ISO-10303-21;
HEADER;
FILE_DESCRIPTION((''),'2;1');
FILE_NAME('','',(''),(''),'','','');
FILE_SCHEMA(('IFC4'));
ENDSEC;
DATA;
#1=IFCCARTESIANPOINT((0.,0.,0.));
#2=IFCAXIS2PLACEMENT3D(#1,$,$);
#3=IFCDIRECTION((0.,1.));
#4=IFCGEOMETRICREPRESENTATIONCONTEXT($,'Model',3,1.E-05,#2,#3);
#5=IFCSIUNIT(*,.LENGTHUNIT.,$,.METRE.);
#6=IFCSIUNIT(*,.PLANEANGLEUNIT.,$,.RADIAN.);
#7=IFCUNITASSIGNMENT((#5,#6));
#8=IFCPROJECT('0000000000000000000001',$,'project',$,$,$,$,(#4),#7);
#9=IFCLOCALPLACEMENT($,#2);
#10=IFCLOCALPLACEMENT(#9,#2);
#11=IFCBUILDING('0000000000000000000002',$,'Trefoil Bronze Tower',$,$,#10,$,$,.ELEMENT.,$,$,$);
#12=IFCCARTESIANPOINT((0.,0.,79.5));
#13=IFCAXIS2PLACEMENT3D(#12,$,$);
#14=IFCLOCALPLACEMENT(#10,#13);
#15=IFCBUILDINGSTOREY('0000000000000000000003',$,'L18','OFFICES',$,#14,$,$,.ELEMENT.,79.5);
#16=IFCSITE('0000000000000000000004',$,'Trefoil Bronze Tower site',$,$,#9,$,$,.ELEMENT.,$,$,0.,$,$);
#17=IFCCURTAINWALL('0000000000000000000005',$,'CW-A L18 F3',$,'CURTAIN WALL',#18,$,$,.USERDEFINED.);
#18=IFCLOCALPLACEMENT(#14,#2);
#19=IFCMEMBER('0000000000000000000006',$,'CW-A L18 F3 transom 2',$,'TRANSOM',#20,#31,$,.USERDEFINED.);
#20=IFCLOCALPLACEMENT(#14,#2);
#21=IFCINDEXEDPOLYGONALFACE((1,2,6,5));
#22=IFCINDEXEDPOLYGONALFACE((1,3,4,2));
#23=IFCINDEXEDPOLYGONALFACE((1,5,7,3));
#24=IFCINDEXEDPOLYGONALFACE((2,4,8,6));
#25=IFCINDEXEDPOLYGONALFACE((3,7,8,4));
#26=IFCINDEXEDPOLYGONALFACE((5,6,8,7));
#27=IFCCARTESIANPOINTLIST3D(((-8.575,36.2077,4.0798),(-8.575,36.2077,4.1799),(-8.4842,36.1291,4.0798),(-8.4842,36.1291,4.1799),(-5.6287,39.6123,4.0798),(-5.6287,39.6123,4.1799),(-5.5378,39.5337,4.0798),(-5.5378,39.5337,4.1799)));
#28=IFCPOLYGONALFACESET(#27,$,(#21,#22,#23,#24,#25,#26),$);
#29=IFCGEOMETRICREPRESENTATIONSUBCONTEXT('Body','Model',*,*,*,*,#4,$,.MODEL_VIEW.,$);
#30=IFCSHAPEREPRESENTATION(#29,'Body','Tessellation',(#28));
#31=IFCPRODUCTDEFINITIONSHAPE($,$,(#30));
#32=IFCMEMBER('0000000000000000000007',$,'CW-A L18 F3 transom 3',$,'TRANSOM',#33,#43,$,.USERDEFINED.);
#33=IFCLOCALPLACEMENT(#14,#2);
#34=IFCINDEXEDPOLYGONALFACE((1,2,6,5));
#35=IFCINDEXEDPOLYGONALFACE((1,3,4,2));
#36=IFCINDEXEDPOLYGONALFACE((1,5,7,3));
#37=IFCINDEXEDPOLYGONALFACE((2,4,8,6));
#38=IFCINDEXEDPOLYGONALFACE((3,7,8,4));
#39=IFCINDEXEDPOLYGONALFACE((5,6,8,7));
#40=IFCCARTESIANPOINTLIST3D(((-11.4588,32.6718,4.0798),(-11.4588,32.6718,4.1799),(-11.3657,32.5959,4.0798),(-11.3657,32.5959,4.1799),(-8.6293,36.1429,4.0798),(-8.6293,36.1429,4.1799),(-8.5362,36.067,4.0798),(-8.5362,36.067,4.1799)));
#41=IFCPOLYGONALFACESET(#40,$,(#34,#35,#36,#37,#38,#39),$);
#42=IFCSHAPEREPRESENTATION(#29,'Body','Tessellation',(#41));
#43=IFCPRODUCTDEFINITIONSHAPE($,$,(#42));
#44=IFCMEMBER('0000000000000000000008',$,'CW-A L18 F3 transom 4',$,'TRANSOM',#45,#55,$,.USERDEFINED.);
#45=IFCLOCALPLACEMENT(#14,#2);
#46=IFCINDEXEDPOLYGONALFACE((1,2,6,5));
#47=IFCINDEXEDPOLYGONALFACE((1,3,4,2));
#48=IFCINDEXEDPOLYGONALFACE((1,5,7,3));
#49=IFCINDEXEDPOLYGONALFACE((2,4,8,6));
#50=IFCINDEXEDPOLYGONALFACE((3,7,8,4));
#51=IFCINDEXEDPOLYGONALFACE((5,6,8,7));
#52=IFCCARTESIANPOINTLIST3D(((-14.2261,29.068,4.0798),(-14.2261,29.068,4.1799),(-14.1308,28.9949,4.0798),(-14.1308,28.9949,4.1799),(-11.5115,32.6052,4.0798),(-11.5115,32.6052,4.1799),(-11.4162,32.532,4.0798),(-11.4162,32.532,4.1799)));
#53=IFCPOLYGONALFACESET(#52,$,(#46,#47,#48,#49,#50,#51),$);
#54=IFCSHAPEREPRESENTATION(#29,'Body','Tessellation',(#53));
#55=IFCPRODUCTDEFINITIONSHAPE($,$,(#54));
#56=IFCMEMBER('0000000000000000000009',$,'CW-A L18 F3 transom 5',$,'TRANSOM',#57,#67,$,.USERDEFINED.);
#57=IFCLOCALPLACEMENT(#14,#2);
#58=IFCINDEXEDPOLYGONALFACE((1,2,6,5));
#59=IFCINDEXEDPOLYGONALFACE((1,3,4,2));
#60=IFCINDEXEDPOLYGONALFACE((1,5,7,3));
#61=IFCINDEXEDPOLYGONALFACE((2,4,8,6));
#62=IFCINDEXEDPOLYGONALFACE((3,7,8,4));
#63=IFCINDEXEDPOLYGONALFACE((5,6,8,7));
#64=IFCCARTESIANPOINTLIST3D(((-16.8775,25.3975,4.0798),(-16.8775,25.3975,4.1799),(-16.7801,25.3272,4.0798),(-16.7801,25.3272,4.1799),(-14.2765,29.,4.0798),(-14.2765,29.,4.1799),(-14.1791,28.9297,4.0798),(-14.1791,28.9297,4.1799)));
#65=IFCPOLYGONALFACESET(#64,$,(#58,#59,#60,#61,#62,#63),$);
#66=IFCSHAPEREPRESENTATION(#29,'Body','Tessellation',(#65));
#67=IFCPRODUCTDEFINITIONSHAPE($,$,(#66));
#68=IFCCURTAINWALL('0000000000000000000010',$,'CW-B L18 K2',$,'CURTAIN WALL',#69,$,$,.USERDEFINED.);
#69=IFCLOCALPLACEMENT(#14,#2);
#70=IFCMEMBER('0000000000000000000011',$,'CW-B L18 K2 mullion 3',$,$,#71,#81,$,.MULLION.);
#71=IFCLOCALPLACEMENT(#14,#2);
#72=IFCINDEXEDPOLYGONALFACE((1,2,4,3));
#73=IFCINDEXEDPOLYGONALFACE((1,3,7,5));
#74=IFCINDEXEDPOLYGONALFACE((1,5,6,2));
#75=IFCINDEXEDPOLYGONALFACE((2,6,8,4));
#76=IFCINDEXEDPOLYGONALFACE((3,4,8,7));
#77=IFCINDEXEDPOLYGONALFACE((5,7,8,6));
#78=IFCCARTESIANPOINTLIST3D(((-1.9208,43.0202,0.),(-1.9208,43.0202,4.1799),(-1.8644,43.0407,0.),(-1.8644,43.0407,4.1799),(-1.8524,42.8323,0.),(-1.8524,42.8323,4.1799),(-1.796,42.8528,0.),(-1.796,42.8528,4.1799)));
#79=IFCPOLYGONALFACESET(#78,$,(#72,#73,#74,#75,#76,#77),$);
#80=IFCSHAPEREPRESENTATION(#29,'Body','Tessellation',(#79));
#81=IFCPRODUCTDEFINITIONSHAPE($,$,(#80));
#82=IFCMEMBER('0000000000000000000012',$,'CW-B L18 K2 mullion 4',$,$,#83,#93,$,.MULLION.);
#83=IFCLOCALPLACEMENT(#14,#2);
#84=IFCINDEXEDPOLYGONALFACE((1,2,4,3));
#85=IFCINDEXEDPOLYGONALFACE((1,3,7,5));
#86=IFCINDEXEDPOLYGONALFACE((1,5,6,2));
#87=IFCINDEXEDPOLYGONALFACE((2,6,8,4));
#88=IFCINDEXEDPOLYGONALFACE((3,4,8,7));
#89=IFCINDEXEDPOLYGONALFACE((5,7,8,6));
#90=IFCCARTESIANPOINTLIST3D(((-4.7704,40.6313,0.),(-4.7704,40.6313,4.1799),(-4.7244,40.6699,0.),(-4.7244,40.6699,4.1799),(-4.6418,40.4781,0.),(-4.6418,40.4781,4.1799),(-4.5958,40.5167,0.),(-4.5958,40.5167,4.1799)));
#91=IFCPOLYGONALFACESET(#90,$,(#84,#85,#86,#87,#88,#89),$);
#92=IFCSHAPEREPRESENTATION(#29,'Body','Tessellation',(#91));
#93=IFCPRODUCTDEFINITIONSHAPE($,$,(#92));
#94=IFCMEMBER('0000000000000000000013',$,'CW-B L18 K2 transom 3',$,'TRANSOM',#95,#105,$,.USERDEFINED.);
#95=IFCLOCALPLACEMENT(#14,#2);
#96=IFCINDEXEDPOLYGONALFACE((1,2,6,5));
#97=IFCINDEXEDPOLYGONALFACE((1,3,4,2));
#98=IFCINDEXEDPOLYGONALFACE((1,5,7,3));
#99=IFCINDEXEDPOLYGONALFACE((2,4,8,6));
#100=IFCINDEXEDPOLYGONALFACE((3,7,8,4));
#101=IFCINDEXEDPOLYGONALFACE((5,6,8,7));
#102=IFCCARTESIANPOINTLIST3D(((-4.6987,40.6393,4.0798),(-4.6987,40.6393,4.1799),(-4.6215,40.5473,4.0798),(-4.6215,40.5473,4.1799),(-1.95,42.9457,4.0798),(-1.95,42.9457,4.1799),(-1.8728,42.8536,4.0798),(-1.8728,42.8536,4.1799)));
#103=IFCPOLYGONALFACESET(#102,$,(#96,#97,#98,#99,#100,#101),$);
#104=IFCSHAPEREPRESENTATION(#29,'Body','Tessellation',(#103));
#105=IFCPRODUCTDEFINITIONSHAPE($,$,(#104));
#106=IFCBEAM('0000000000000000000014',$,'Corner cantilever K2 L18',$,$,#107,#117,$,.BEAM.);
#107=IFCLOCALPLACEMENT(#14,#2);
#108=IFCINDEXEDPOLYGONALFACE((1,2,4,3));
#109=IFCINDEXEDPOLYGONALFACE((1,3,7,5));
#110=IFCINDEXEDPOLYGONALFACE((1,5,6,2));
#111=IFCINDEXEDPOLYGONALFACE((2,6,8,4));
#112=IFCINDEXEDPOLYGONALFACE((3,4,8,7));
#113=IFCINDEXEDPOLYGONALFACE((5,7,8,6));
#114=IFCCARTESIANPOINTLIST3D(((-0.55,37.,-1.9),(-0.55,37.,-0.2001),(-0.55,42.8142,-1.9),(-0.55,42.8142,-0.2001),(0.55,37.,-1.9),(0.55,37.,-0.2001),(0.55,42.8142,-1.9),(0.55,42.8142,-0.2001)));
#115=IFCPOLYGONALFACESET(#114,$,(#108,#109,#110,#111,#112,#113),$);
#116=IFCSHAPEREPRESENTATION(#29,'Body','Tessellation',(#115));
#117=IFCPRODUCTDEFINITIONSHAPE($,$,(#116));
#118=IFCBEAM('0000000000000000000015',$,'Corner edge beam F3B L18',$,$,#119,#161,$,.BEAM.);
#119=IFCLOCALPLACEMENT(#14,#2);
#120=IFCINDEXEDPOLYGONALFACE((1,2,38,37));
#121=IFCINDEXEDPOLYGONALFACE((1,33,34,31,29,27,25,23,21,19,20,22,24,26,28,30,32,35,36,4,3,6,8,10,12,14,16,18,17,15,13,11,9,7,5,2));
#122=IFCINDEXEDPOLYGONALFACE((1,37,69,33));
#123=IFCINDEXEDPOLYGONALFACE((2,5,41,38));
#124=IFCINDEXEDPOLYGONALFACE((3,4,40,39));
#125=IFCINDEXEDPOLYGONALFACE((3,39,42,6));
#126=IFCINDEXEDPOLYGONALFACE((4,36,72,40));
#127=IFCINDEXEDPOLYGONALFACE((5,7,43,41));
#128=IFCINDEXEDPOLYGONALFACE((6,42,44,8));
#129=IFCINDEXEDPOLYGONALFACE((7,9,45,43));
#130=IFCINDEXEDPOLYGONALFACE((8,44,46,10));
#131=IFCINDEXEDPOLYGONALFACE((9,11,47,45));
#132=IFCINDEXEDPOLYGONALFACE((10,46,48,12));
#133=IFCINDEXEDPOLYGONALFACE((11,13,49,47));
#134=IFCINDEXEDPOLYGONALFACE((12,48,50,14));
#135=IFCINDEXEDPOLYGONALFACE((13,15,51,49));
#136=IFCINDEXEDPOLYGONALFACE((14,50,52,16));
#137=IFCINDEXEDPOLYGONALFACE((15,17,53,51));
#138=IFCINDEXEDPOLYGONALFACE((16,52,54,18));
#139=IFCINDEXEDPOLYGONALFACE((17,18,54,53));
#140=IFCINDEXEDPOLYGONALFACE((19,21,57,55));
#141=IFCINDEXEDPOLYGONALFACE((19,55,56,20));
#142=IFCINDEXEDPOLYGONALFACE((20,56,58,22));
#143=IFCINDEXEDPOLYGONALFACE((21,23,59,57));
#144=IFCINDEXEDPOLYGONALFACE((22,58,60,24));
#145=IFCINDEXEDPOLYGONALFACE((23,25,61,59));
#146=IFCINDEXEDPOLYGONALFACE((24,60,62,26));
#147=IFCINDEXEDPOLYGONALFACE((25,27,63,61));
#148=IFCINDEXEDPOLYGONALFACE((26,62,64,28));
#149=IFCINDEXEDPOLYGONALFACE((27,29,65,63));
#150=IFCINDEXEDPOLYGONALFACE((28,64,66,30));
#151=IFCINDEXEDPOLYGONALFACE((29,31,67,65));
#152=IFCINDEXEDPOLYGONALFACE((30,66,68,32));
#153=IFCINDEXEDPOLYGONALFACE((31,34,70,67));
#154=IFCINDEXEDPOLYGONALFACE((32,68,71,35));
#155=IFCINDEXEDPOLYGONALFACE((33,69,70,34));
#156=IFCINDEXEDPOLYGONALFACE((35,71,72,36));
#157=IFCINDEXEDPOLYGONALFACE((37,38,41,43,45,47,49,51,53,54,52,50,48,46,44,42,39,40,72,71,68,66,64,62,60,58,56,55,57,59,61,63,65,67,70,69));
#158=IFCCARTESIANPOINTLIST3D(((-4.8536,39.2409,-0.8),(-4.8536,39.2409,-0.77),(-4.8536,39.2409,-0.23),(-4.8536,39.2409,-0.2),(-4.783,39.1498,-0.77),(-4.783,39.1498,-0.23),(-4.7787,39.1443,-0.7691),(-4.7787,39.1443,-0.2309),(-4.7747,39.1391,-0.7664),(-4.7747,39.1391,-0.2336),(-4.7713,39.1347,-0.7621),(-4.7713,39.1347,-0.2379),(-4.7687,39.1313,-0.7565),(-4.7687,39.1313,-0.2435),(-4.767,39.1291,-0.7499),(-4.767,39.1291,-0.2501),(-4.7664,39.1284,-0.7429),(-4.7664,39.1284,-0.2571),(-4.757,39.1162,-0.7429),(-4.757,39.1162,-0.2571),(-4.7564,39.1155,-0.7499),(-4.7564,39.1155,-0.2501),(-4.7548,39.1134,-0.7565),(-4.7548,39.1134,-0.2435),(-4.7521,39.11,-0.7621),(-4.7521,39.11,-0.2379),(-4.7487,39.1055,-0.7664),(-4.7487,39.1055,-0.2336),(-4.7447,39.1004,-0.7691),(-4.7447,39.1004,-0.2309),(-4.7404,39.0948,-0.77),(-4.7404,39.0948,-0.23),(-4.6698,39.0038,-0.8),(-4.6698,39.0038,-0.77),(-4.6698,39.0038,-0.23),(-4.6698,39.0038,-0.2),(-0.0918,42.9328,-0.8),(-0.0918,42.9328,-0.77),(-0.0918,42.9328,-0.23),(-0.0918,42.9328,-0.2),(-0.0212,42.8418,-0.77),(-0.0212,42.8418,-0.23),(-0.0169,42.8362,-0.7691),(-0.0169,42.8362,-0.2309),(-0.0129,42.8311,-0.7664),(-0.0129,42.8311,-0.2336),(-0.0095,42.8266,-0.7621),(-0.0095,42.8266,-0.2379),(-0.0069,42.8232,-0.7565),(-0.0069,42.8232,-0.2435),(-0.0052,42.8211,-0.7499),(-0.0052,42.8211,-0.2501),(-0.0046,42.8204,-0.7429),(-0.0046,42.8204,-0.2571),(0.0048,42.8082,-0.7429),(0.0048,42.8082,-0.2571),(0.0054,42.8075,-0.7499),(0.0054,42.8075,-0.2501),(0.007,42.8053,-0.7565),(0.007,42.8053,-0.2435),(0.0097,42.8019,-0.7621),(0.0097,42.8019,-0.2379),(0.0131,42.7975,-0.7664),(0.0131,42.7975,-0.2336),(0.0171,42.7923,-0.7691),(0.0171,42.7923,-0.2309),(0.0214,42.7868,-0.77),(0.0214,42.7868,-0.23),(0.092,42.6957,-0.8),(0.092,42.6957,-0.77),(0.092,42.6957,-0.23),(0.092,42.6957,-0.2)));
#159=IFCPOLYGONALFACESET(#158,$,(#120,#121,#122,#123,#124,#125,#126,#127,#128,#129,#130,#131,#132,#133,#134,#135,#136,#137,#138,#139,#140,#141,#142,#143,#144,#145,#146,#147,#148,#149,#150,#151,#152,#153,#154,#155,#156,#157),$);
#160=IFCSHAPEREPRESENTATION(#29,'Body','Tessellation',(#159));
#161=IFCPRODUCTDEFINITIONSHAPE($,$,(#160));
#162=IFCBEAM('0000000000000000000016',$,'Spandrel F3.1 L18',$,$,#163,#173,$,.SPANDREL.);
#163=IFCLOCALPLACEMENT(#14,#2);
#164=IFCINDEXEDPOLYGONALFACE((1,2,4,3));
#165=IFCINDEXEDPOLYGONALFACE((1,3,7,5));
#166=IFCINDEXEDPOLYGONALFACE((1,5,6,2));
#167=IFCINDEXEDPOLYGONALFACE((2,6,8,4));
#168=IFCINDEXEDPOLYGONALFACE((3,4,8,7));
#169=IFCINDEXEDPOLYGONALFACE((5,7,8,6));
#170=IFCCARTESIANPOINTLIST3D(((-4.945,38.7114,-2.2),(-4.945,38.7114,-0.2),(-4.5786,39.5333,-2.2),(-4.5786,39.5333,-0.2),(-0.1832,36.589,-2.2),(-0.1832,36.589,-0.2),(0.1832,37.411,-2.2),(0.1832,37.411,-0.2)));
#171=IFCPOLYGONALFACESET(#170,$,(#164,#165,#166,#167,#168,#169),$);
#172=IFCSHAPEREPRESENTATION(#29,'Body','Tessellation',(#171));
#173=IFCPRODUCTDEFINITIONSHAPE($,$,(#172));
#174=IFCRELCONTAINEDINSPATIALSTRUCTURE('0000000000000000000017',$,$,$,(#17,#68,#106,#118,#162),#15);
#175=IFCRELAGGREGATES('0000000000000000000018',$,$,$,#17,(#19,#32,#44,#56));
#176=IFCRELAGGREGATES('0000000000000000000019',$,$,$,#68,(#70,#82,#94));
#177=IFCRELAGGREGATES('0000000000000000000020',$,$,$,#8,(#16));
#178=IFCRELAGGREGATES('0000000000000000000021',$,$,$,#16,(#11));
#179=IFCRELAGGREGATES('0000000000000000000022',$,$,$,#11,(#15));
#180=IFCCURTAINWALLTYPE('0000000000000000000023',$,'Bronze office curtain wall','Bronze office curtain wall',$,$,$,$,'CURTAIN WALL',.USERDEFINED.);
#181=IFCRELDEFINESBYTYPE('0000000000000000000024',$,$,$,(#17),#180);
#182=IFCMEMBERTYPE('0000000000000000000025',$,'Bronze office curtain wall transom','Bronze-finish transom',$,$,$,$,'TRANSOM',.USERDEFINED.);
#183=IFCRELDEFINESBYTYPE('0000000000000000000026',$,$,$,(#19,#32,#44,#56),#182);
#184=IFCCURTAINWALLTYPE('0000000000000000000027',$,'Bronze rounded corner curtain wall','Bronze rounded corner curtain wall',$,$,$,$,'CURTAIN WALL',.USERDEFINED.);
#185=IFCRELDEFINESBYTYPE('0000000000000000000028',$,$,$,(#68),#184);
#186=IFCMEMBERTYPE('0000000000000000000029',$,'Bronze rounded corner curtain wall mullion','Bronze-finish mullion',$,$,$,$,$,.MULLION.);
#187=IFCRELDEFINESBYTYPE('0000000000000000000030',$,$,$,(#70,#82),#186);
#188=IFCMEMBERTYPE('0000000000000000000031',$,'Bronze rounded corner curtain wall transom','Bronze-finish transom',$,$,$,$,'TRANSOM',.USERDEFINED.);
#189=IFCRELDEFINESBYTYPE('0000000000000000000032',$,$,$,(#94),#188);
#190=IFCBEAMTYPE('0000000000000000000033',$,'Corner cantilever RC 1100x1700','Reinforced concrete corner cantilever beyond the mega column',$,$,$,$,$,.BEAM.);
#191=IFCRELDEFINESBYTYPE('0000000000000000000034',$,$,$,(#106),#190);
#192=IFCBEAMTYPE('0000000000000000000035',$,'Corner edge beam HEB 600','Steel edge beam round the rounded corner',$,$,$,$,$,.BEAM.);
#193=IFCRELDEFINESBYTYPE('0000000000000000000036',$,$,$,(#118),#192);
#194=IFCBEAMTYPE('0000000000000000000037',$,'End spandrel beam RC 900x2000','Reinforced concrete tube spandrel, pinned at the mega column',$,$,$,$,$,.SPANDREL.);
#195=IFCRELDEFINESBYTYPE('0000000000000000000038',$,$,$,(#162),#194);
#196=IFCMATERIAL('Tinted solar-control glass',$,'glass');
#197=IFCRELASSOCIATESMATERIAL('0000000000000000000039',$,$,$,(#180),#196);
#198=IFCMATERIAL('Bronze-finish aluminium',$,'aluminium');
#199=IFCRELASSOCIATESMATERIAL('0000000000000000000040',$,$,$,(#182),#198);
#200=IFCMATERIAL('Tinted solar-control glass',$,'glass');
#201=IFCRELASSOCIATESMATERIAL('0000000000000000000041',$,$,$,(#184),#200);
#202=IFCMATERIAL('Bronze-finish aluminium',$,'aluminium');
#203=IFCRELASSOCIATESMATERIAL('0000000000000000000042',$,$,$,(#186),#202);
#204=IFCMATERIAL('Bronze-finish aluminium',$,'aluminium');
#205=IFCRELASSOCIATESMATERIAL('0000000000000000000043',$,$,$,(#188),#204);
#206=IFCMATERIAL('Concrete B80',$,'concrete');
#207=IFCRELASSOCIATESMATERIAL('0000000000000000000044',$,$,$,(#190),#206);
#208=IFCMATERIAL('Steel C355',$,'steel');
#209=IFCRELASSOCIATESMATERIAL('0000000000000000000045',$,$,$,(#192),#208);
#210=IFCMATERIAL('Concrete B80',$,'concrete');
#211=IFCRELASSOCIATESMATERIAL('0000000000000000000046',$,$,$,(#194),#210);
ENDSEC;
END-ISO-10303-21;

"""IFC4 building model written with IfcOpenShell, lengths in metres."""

from ifc_helpers import new_model, si_unit, direction, frame, origin, origin_2d, place, context, subcontext, project, spatial, rectangle, i_section, extrude, material, material_profile, profile_set, type_object, element, aggregate, save


model = new_model("IFC4")

# Units and contexts
model_context = context("Model", 3, precision=1e-05, world=origin(), true_north=direction((0.0, 1.0)))
body_context = subcontext(model_context, "Body", "Model", "MODEL_VIEW")
ifc_project = project(units=[si_unit("LENGTHUNIT", "METRE"), si_unit("PLANEANGLEUNIT", "RADIAN")], contexts=[model_context])

# Site, building, storey
site_placement = place(None, origin())
site = spatial("IfcSite", under=ifc_project, at=site_placement, Name="Trefoil Bronze Tower site", CompositionType="ELEMENT", RefElevation=0.0)
building_placement = place(site_placement, origin())
building = spatial("IfcBuilding", under=site, at=building_placement, Name="Trefoil Bronze Tower", CompositionType="ELEMENT")
storey_placement = place(building_placement, frame((0.0, 0.0, 79.5)))
storey = spatial("IfcBuildingStorey", under=building, at=storey_placement, Name="L18", Description="OFFICES", CompositionType="ELEMENT", Elevation=79.5)

# Curtain walls, members
ifc_material_1 = material(Name="Tinted solar-control glass", Category="glass")
curtain_wall_type_1 = type_object("IfcCurtainWallType", Name="Bronze office curtain wall", Description="Bronze office curtain wall", ElementType="CURTAIN WALL", PredefinedType="USERDEFINED", material=ifc_material_1)
curtain_wall_1_placement = place(storey_placement, origin())
curtain_wall_1 = element("IfcCurtainWall", 1, at=curtain_wall_1_placement, inside=storey, type_object=curtain_wall_type_1, Name="CW-A L18 F3", ObjectType="CURTAIN WALL", PredefinedType="USERDEFINED")
ifc_material_2 = material(Name="Bronze-finish aluminium", Category="aluminium")
ifc_material_profile_1 = material_profile(ifc_material_2, rectangle(XDim=0.1201, YDim=0.1001, at=origin_2d()), Name="CW-A transom")
ifc_profile_set_1 = profile_set([ifc_material_profile_1], Name="Bronze-finish aluminium")
member_type_1 = type_object("IfcMemberType", Name="Bronze office curtain wall transom", Description="Bronze-finish transom", ElementType="TRANSOM", PredefinedType="USERDEFINED", material=ifc_profile_set_1)
member_1_placement = place(storey_placement, frame((-5.5833, 39.573, 4.1299), z_axis=(-0.654383, -0.756163, 0.0), x_axis=(0.756163, -0.654383, 0.0)))
member_1 = element("IfcMember", 2, at=member_1_placement, type_object=member_type_1, Name="CW-A L18 F3 transom 2", ObjectType="TRANSOM", PredefinedType="USERDEFINED", context=body_context, shape_type="SweptSolid", body=[
    extrude(rectangle(XDim=0.1201, YDim=0.1001, at=origin_2d()), origin(), (0.0, 0.0, 1.0), 4.5024),
])
member_2_placement = place(storey_placement, frame((-8.5828, 36.105, 4.1299), z_axis=(-0.631836, -0.775102, 0.0), x_axis=(0.775102, -0.631836, 0.0)))
member_2 = element("IfcMember", 3, at=member_2_placement, type_object=member_type_1, Name="CW-A L18 F3 transom 3", ObjectType="TRANSOM", PredefinedType="USERDEFINED", context=body_context, shape_type="SweptSolid", body=[
    extrude(rectangle(XDim=0.1201, YDim=0.1001, at=origin_2d()), origin(), (0.0, 0.0, 1.0), 4.4783),
])
member_3_placement = place(storey_placement, frame((-11.4639, 32.5686, 4.1299), z_axis=(-0.608829, -0.793301, 0.0), x_axis=(0.793301, -0.608829, 0.0)))
member_3 = element("IfcMember", 4, at=member_3_placement, type_object=member_type_1, Name="CW-A L18 F3 transom 4", ObjectType="TRANSOM", PredefinedType="USERDEFINED", context=body_context, shape_type="SweptSolid", body=[
    extrude(rectangle(XDim=0.1201, YDim=0.1001, at=origin_2d()), origin(), (0.0, 0.0, 1.0), 4.4587),
])
member_4_placement = place(storey_placement, frame((-14.2278, 28.9648, 4.1299), z_axis=(-0.585378, -0.81076, 0.0), x_axis=(0.81076, -0.585378, 0.0)))
member_4 = element("IfcMember", 5, at=member_4_placement, type_object=member_type_1, Name="CW-A L18 F3 transom 5", ObjectType="TRANSOM", PredefinedType="USERDEFINED", context=body_context, shape_type="SweptSolid", body=[
    extrude(rectangle(XDim=0.1201, YDim=0.1001, at=origin_2d()), origin(), (0.0, 0.0, 1.0), 4.4434),
])
ifc_material_3 = material(Name="Tinted solar-control glass", Category="glass")
curtain_wall_type_2 = type_object("IfcCurtainWallType", Name="Bronze rounded corner curtain wall", Description="Bronze rounded corner curtain wall", ElementType="CURTAIN WALL", PredefinedType="USERDEFINED", material=ifc_material_3)
curtain_wall_2_placement = place(storey_placement, origin())
curtain_wall_2 = element("IfcCurtainWall", 6, at=curtain_wall_2_placement, inside=storey, type_object=curtain_wall_type_2, Name="CW-B L18 K2", ObjectType="CURTAIN WALL", PredefinedType="USERDEFINED")
ifc_material_4 = material(Name="Bronze-finish aluminium", Category="aluminium")
ifc_material_profile_2 = material_profile(ifc_material_4, rectangle(XDim=0.2, YDim=0.0601, at=origin_2d()), Name="CW-B mullion")
ifc_profile_set_2 = profile_set([ifc_material_profile_2], Name="Bronze-finish aluminium")
member_type_2 = type_object("IfcMemberType", Name="Bronze rounded corner curtain wall mullion", Description="Bronze-finish mullion", PredefinedType="MULLION", material=ifc_profile_set_2)
member_5_placement = place(storey_placement, frame((-1.8584, 42.9365, 0.0), z_axis=(0.0, 0.0, 1.0), x_axis=(0.34202, -0.939693, 0.0)))
member_5 = element("IfcMember", 7, at=member_5_placement, type_object=member_type_2, Name="CW-B L18 K2 mullion 3", PredefinedType="MULLION", context=body_context, shape_type="SweptSolid", body=[
    extrude(rectangle(XDim=0.2, YDim=0.0601, at=origin_2d()), origin(), (0.0, 0.0, 1.0), 4.1799),
])
member_6_placement = place(storey_placement, frame((-4.6831, 40.574, 0.0), z_axis=(0.0, 0.0, 1.0), x_axis=(0.642788, -0.766044, 0.0)))
member_6 = element("IfcMember", 8, at=member_6_placement, type_object=member_type_2, Name="CW-B L18 K2 mullion 4", PredefinedType="MULLION", context=body_context, shape_type="SweptSolid", body=[
    extrude(rectangle(XDim=0.2, YDim=0.0601, at=origin_2d()), origin(), (0.0, 0.0, 1.0), 4.1799),
])
ifc_material_5 = material(Name="Bronze-finish aluminium", Category="aluminium")
ifc_material_profile_3 = material_profile(ifc_material_5, rectangle(XDim=0.1201, YDim=0.1001, at=origin_2d()), Name="CW-B transom")
ifc_profile_set_3 = profile_set([ifc_material_profile_3], Name="Bronze-finish aluminium")
member_type_3 = type_object("IfcMemberType", Name="Bronze rounded corner curtain wall transom", Description="Bronze-finish transom", ElementType="TRANSOM", PredefinedType="USERDEFINED", material=ifc_profile_set_3)
member_7_placement = place(storey_placement, frame((-1.9114, 42.8997, 4.1299), z_axis=(-0.766059, -0.642771, 0.0), x_axis=(0.642771, -0.766059, 0.0)))
member_7 = element("IfcMember", 9, at=member_7_placement, type_object=member_type_3, Name="CW-B L18 K2 transom 3", ObjectType="TRANSOM", PredefinedType="USERDEFINED", context=body_context, shape_type="SweptSolid", body=[
    extrude(rectangle(XDim=0.1201, YDim=0.1001, at=origin_2d()), origin(), (0.0, 0.0, 1.0), 3.5881),
])

# Beams
ifc_material_6 = material(Name="Concrete B80", Category="concrete")
ifc_material_profile_4 = material_profile(ifc_material_6, rectangle(XDim=1.1001, YDim=1.7, at=origin_2d()), Name="RC 1100x1700")
ifc_profile_set_4 = profile_set([ifc_material_profile_4], Name="Concrete B80")
beam_type_1 = type_object("IfcBeamType", Name="Corner cantilever RC 1100x1700", Description="Reinforced concrete corner cantilever beyond the mega column", PredefinedType="BEAM", material=ifc_profile_set_4)
beam_1_placement = place(storey_placement, frame((0.0, 37.0, -1.05), z_axis=(0.0, 1.0, 0.0), x_axis=(-1.0, 0.0, 0.0)))
element("IfcBeam", 10, at=beam_1_placement, inside=storey, type_object=beam_type_1, Name="Corner cantilever K2 L18", PredefinedType="BEAM", context=body_context, shape_type="SweptSolid", body=[
    extrude(rectangle(XDim=1.1001, YDim=1.7, at=origin_2d()), origin(), (0.0, 0.0, 1.0), 5.8142),
])
ifc_material_7 = material(Name="Steel C355", Category="steel")
ifc_material_profile_5 = material_profile(ifc_material_7, i_section(OverallWidth=0.3, OverallDepth=0.6001, WebThickness=0.0154, FlangeThickness=0.03, FilletRadius=0.0271, at=origin_2d()), Name="HEB 600")
ifc_profile_set_5 = profile_set([ifc_material_profile_5], Name="Steel C355")
beam_type_2 = type_object("IfcBeamType", Name="Corner edge beam HEB 600", Description="Steel edge beam round the rounded corner", PredefinedType="BEAM", material=ifc_profile_set_5)
beam_2_placement = place(storey_placement, frame((-4.7617, 39.1223, -0.5), z_axis=(0.790289, 0.612734, 0.0), x_axis=(-0.612734, 0.790289, 0.0)))
element("IfcBeam", 11, at=beam_2_placement, inside=storey, type_object=beam_type_2, Name="Corner edge beam F3B L18", PredefinedType="BEAM", context=body_context, shape_type="SweptSolid", body=[
    extrude(i_section(OverallWidth=0.3, OverallDepth=0.6001, WebThickness=0.0154, FlangeThickness=0.03, FilletRadius=0.0271, at=origin_2d()), origin(), (0.0, 0.0, 1.0), 6.0254),
])
ifc_material_8 = material(Name="Concrete B80", Category="concrete")
ifc_material_profile_6 = material_profile(ifc_material_8, rectangle(XDim=0.8999, YDim=2.0, at=origin_2d()), Name="RC 900x2000")
ifc_profile_set_6 = profile_set([ifc_material_profile_6], Name="Concrete B80")
beam_type_3 = type_object("IfcBeamType", Name="End spandrel beam RC 900x2000", Description="Reinforced concrete tube spandrel, pinned at the mega column", PredefinedType="SPANDREL", material=ifc_profile_set_6)
beam_3_placement = place(storey_placement, frame((0.0, 37.0, -1.2), z_axis=(-0.913384, 0.407099, 0.0), x_axis=(-0.407099, -0.913384, 0.0)))
element("IfcBeam", 12, at=beam_3_placement, inside=storey, type_object=beam_type_3, Name="Spandrel F3.1 L18", PredefinedType="SPANDREL", context=body_context, shape_type="SweptSolid", body=[
    extrude(rectangle(XDim=0.8999, YDim=2.0, at=origin_2d()), origin(), (0.0, 0.0, 1.0), 5.2134),
])

aggregate(curtain_wall_1, [member_1, member_2, member_3, member_4])
aggregate(curtain_wall_2, [member_5, member_6, member_7])

save(model, "model.ifc")
